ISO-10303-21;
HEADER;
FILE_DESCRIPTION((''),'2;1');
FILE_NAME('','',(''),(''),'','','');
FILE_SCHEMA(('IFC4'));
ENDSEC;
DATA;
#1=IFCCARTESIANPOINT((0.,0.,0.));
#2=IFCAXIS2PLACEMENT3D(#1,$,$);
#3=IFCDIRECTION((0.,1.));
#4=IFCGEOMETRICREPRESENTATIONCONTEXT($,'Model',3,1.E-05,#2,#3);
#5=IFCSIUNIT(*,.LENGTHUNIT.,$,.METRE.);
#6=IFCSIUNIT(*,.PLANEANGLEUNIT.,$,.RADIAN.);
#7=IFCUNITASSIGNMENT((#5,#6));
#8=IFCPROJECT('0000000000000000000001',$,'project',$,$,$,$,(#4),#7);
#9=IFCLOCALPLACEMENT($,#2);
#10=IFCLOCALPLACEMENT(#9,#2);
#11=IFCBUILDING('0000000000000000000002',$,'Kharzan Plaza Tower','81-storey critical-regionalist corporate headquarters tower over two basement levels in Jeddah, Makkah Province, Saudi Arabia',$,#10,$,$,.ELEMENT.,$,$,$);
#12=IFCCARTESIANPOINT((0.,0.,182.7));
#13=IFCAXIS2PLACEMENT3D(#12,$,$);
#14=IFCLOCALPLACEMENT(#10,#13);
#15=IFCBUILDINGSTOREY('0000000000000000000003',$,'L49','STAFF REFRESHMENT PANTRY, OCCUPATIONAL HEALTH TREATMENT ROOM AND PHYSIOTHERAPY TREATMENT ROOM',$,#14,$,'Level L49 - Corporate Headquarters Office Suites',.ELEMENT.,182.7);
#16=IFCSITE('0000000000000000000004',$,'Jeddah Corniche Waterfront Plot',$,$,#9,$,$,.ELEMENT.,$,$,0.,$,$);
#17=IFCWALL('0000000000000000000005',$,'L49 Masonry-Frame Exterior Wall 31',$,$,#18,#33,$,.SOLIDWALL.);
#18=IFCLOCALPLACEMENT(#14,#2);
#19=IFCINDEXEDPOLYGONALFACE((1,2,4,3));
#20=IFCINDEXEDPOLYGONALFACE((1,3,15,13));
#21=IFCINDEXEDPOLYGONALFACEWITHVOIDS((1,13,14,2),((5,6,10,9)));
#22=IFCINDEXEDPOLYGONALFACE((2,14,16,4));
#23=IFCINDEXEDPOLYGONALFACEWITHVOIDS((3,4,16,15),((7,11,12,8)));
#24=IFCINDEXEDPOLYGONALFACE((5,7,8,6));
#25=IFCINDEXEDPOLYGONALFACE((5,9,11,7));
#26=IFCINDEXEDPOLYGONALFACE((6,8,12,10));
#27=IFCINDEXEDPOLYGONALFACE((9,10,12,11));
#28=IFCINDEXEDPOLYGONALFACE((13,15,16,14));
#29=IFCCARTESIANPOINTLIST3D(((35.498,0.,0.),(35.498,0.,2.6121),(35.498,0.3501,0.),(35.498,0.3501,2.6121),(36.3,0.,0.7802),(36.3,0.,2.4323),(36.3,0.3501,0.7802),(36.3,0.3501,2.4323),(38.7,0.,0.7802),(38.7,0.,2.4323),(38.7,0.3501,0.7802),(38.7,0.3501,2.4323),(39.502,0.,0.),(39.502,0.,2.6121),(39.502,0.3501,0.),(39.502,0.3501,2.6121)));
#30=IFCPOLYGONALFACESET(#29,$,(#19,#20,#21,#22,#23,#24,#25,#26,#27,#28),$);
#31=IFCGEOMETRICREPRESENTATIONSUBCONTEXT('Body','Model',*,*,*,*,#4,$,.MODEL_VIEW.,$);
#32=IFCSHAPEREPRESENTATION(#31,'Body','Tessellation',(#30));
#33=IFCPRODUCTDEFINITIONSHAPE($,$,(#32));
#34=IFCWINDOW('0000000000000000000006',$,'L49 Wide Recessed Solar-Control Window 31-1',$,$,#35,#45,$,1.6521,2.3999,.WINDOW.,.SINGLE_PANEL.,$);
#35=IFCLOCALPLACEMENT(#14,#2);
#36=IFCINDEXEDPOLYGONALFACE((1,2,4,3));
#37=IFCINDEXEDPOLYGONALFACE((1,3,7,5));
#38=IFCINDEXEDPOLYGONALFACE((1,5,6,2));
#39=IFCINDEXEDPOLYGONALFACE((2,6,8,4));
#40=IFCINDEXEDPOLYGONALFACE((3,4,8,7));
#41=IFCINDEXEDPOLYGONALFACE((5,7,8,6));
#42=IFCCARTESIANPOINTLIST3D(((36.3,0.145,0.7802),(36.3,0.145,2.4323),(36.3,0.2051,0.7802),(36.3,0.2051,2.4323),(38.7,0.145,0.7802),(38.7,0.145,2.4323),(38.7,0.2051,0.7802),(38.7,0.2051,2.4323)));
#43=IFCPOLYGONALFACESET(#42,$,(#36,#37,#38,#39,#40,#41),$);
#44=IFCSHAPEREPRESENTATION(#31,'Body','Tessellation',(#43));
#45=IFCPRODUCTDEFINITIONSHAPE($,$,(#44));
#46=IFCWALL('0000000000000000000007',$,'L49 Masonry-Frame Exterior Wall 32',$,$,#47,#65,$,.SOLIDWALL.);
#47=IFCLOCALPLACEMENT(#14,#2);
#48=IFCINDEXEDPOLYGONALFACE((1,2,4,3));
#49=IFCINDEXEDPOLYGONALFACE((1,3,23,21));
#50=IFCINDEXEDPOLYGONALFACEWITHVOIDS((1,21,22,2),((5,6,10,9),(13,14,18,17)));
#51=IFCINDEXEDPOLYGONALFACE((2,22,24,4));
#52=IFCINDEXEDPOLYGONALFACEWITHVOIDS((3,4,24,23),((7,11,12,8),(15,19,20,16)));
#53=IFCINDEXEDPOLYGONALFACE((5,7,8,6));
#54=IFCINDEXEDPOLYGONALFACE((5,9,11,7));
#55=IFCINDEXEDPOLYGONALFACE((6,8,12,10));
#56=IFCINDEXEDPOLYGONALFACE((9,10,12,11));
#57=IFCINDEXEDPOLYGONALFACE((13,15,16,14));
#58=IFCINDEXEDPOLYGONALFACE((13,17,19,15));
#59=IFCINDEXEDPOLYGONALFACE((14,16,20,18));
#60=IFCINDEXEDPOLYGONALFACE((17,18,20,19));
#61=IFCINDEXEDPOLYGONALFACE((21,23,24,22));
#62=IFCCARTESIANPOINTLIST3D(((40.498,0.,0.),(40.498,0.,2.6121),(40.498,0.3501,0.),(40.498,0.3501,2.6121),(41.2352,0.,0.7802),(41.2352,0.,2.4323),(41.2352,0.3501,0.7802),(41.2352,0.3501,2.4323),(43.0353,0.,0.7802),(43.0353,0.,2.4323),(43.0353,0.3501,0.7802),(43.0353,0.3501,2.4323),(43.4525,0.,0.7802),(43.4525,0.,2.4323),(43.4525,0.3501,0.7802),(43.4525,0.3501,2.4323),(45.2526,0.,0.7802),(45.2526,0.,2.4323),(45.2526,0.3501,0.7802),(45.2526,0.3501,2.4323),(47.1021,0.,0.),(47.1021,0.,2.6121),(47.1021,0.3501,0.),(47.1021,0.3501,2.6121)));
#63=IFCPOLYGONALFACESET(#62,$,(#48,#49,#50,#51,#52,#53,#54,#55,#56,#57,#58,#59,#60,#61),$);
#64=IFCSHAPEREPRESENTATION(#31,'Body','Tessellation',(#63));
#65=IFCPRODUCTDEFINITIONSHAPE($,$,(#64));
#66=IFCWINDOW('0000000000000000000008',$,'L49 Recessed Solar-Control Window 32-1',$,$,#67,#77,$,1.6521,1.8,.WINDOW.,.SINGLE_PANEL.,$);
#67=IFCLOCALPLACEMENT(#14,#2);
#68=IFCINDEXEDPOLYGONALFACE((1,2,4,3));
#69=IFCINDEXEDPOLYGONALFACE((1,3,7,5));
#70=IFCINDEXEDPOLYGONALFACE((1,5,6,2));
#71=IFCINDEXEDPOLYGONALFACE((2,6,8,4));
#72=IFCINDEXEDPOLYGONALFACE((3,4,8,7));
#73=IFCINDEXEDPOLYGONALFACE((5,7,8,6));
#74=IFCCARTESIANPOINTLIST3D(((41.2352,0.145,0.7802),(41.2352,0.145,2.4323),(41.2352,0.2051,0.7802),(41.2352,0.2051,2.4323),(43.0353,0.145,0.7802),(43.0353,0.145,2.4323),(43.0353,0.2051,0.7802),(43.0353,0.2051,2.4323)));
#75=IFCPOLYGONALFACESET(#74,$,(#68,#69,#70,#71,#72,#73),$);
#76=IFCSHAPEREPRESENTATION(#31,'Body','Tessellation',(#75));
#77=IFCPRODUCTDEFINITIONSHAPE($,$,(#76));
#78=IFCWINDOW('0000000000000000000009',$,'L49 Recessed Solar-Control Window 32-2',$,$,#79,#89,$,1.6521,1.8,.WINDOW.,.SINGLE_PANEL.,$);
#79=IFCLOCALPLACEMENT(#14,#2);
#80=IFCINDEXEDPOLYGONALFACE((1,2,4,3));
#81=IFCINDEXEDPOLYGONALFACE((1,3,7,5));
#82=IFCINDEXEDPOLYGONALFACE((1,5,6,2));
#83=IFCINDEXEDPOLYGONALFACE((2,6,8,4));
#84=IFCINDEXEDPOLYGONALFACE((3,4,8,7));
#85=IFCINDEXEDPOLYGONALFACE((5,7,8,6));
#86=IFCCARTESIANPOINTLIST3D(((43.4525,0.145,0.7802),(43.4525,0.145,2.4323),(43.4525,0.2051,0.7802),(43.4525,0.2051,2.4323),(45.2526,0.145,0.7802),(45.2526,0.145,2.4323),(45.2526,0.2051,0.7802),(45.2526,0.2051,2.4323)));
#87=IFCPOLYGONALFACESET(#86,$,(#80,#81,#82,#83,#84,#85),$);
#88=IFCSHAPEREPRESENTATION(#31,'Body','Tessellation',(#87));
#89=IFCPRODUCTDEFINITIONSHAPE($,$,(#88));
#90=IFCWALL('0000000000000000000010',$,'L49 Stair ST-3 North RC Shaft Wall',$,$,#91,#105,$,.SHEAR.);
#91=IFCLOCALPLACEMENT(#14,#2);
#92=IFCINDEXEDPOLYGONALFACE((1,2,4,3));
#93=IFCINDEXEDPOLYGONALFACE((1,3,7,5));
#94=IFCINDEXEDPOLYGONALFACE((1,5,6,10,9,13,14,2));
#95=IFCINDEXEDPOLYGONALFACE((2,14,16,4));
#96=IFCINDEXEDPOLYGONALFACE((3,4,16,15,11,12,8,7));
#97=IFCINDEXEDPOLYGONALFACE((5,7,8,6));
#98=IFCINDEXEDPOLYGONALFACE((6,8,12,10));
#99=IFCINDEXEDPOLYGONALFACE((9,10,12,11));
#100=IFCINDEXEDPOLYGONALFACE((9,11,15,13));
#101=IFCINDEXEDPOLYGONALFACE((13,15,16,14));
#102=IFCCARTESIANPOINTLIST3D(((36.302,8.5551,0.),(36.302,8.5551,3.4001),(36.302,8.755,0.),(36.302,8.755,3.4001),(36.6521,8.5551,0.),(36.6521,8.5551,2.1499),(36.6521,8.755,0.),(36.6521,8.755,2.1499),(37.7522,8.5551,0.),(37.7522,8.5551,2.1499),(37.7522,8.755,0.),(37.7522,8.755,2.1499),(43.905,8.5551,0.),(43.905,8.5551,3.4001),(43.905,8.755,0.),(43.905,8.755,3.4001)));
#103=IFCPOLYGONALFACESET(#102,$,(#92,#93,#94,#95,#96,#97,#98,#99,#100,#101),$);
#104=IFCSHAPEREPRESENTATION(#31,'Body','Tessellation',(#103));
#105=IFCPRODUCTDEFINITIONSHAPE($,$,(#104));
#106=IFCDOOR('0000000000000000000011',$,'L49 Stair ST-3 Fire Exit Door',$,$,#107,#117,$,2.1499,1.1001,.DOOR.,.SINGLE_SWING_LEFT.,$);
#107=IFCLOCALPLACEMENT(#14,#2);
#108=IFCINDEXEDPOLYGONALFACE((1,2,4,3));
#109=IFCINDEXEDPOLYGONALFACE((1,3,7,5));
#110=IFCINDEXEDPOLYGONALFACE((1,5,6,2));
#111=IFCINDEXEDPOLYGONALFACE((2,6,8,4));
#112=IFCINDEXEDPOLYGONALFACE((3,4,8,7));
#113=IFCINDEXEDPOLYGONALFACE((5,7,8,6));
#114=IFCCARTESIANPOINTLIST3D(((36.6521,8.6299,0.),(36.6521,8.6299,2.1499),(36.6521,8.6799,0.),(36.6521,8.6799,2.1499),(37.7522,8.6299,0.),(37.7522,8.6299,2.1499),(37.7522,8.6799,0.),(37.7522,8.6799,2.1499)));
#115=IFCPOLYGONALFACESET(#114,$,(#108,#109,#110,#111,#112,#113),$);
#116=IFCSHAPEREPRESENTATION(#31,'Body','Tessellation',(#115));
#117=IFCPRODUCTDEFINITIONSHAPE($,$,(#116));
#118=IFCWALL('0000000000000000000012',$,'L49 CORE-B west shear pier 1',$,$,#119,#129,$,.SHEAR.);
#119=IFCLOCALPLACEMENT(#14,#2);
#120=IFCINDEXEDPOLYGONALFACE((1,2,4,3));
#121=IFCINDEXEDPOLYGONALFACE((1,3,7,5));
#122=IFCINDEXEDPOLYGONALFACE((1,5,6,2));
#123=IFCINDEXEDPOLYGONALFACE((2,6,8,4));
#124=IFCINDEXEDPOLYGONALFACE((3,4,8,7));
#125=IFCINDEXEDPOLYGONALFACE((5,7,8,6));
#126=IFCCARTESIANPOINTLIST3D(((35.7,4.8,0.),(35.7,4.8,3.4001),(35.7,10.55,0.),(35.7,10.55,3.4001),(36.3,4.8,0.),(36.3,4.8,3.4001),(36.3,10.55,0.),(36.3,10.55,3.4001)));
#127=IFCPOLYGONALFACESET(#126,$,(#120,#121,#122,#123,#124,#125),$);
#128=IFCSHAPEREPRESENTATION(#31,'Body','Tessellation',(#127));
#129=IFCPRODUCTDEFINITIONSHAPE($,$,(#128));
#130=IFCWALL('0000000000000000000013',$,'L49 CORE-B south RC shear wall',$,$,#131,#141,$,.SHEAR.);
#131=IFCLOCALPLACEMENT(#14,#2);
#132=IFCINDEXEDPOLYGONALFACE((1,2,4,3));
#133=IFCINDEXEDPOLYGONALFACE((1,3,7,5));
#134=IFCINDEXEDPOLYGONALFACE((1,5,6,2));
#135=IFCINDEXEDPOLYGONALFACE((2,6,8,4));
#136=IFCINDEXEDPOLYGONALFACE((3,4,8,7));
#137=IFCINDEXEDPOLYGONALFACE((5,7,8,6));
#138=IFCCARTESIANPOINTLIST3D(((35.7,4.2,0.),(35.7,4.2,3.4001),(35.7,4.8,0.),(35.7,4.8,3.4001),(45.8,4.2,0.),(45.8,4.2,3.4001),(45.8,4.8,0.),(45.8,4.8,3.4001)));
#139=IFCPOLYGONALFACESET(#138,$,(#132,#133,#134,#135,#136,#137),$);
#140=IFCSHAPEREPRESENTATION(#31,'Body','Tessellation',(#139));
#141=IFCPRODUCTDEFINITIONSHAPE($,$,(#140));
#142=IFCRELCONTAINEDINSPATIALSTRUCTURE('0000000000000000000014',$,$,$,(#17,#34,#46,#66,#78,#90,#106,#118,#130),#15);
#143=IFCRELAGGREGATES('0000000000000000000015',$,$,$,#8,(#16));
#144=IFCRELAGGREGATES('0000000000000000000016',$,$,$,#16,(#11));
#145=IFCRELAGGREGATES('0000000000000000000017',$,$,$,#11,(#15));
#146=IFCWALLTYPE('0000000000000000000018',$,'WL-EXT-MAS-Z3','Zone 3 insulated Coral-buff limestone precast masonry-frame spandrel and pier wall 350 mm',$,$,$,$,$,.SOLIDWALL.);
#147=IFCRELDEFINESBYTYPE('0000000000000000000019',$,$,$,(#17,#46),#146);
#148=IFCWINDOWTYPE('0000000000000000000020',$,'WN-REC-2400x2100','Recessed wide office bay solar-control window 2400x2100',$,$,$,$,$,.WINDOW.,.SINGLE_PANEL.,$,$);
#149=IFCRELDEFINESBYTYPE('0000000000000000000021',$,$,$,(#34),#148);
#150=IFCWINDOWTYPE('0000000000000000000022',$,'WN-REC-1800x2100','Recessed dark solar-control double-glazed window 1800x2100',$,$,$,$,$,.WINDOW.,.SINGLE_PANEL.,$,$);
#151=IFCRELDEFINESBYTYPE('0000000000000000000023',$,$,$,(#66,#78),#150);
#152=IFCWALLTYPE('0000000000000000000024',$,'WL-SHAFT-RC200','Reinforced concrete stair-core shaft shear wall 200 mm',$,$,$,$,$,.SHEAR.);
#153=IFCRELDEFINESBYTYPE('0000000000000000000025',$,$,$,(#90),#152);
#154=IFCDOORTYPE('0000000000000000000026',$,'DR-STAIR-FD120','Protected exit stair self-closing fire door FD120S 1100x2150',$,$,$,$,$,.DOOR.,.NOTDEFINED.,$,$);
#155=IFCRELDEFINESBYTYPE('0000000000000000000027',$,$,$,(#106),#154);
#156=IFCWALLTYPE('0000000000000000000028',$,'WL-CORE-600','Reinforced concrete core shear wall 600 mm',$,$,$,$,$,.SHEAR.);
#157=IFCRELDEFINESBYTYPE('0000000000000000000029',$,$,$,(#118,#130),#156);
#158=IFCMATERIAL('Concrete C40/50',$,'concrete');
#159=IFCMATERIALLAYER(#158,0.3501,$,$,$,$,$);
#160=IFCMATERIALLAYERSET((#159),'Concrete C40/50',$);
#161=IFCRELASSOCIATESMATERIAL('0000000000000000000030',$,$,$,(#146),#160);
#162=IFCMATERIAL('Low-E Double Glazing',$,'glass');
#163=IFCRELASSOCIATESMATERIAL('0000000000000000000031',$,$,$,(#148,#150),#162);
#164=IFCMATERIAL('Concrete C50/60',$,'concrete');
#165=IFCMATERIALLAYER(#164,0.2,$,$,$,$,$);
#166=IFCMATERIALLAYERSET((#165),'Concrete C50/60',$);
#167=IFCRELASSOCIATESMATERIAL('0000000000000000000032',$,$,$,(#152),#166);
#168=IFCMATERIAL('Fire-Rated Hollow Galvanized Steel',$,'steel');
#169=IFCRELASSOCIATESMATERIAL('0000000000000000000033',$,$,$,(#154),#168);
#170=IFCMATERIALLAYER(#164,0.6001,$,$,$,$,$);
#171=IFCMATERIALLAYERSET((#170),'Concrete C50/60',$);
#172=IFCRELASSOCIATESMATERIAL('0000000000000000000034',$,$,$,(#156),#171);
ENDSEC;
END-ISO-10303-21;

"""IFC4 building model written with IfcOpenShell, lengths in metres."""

from ifc_helpers import new_model, si_unit, direction, frame, frame_2d, origin, place, context, subcontext, project, spatial, rectangle, extrude, source, transform, mapped, material, layer, layer_set, type_object, element, fill, save


model = new_model("IFC4")

# Units and contexts
model_context = context("Model", 3, precision=1e-05, world=origin(), true_north=direction((0.0, 1.0)))
body_context = subcontext(model_context, "Body", "Model", "MODEL_VIEW")
ifc_project = project(units=[si_unit("LENGTHUNIT", "METRE"), si_unit("PLANEANGLEUNIT", "RADIAN")], contexts=[model_context])

# Site, building, storey
site_placement = place(None, origin())
site = spatial("IfcSite", under=ifc_project, at=site_placement, Name="Jeddah Corniche Waterfront Plot", CompositionType="ELEMENT", RefElevation=0.0)
building_placement = place(site_placement, origin())
building = spatial("IfcBuilding", under=site, at=building_placement, Name="Kharzan Plaza Tower", Description="81-storey critical-regionalist corporate headquarters tower over two basement levels in Jeddah, Makkah Province, Saudi Arabia", CompositionType="ELEMENT")
storey_placement = place(building_placement, frame((0.0, 0.0, 182.7)))
storey = spatial("IfcBuildingStorey", under=building, at=storey_placement, Name="L49", Description="STAFF REFRESHMENT PANTRY, OCCUPATIONAL HEALTH TREATMENT ROOM AND PHYSIOTHERAPY TREATMENT ROOM", LongName="Level L49 - Corporate Headquarters Office Suites", CompositionType="ELEMENT", Elevation=182.7)

# Shared definitions
ifc_material_1 = material(Name="Concrete C50/60", Category="concrete")

# Wall, opening, window
ifc_material_2 = material(Name="Concrete C40/50", Category="concrete")
ifc_layer_1 = layer(ifc_material_2, 0.3501)
ifc_layer_set_1 = layer_set([ifc_layer_1], Name="Concrete C40/50")
wall_type_1 = type_object("IfcWallType", Name="WL-EXT-MAS-Z3", Description="Zone 3 insulated Coral-buff limestone precast masonry-frame spandrel and pier wall 350 mm", PredefinedType="SOLIDWALL", material=ifc_layer_set_1)
wall_1_placement = place(storey_placement, frame((35.498, 0.175, 0.0), z_axis=(0.0, 0.0, 1.0), x_axis=(1.0, 0.0, 0.0)))
wall_1 = element("IfcWall", 1, at=wall_1_placement, inside=storey, type_object=wall_type_1, Name="L49 Masonry-Frame Exterior Wall 31", PredefinedType="SOLIDWALL", context=body_context, shape_type="SweptSolid", body=[
    extrude(rectangle(XDim=4.0039, YDim=0.3501, at=frame_2d((2.002, 0.0))), origin(), (0.0, 0.0, 1.0), 2.6121),
])
opening_1_placement = place(wall_1_placement, frame((0.802, 0.0, 0.78)))
opening_1 = element("IfcOpeningElement", 2, at=opening_1_placement, cuts=wall_1, PredefinedType="OPENING", context=body_context, shape_type="SweptSolid", body=[
    extrude(rectangle(XDim=2.3999, YDim=1.6521, at=frame_2d((1.2, 0.8262))), frame((0.0, 0.1851, 0.0), z_axis=(0.0, -1.0, 0.0), x_axis=(1.0, 0.0, 0.0)), (0.0, 0.0, 1.0), 0.3701),
])
ifc_material_3 = material(Name="Low-E Double Glazing", Category="glass")
window_type_1 = type_object("IfcWindowType", Name="WN-REC-2400x2100", Description="Recessed wide office bay solar-control window 2400x2100", PartitioningType="SINGLE_PANEL", PredefinedType="WINDOW", material=ifc_material_3)
shared_shape_1 = source(origin(), body_context, "Body", "SweptSolid", [
    extrude(rectangle(XDim=2.3999, YDim=1.6521, at=frame_2d((1.2, 0.8262))), frame((0.0, 0.03, 0.0), z_axis=(0.0, -1.0, 0.0), x_axis=(1.0, 0.0, 0.0)), (0.0, 0.0, 1.0), 0.0601),
])
window_1_placement = place(opening_1_placement, origin())
window_1 = element("IfcWindow", 3, at=window_1_placement, inside=storey, type_object=window_type_1, Name="L49 Wide Recessed Solar-Control Window 31-1", OverallHeight=1.6521, OverallWidth=2.3999, PartitioningType="SINGLE_PANEL", PredefinedType="WINDOW", context=body_context, shape_type="MappedRepresentation", body=[
    mapped(shared_shape_1, transform((0.0, 0.0, 0.0), x_axis=(1.0, 0.0, 0.0), y_axis=(0.0, 1.0, 0.0), z_axis=(0.0, 0.0, 1.0))),
])
fill(opening_1, window_1)

# Wall, openings, windows
wall_2_placement = place(storey_placement, frame((40.498, 0.175, 0.0), z_axis=(0.0, 0.0, 1.0), x_axis=(1.0, 0.0, 0.0)))
wall_2 = element("IfcWall", 4, at=wall_2_placement, inside=storey, type_object=wall_type_1, Name="L49 Masonry-Frame Exterior Wall 32", PredefinedType="SOLIDWALL", context=body_context, shape_type="SweptSolid", body=[
    extrude(rectangle(XDim=6.604, YDim=0.3501, at=frame_2d((3.302, 0.0))), origin(), (0.0, 0.0, 1.0), 2.6121),
])
opening_2_placement = place(wall_2_placement, frame((0.7373, 0.0, 0.78)))
opening_2 = element("IfcOpeningElement", 5, at=opening_2_placement, cuts=wall_2, PredefinedType="OPENING", context=body_context, shape_type="SweptSolid", body=[
    extrude(rectangle(XDim=1.8, YDim=1.6521, at=frame_2d((0.8999, 0.8262))), frame((0.0, 0.1851, 0.0), z_axis=(0.0, -1.0, 0.0), x_axis=(1.0, 0.0, 0.0)), (0.0, 0.0, 1.0), 0.3701),
])
opening_3_placement = place(wall_2_placement, frame((2.9546, 0.0, 0.78)))
opening_3 = element("IfcOpeningElement", 6, at=opening_3_placement, cuts=wall_2, PredefinedType="OPENING", context=body_context, shape_type="SweptSolid", body=[
    extrude(rectangle(XDim=1.8, YDim=1.6521, at=frame_2d((0.8999, 0.8262))), frame((0.0, 0.1851, 0.0), z_axis=(0.0, -1.0, 0.0), x_axis=(1.0, 0.0, 0.0)), (0.0, 0.0, 1.0), 0.3701),
])
window_type_2 = type_object("IfcWindowType", Name="WN-REC-1800x2100", Description="Recessed dark solar-control double-glazed window 1800x2100", PartitioningType="SINGLE_PANEL", PredefinedType="WINDOW", material=ifc_material_3)
shared_shape_2 = source(origin(), body_context, "Body", "SweptSolid", [
    extrude(rectangle(XDim=1.8, YDim=1.6521, at=frame_2d((0.8999, 0.8262))), frame((0.0, 0.03, 0.0), z_axis=(0.0, -1.0, 0.0), x_axis=(1.0, 0.0, 0.0)), (0.0, 0.0, 1.0), 0.0601),
])
window_2_placement = place(opening_2_placement, origin())
window_2 = element("IfcWindow", 7, at=window_2_placement, inside=storey, type_object=window_type_2, Name="L49 Recessed Solar-Control Window 32-1", OverallHeight=1.6521, OverallWidth=1.8, PartitioningType="SINGLE_PANEL", PredefinedType="WINDOW", context=body_context, shape_type="MappedRepresentation", body=[
    mapped(shared_shape_2, transform((0.0, 0.0, 0.0), x_axis=(1.0, 0.0, 0.0), y_axis=(0.0, 1.0, 0.0), z_axis=(0.0, 0.0, 1.0))),
])
fill(opening_2, window_2)
window_3_placement = place(opening_3_placement, origin())
window_3 = element("IfcWindow", 8, at=window_3_placement, inside=storey, type_object=window_type_2, Name="L49 Recessed Solar-Control Window 32-2", OverallHeight=1.6521, OverallWidth=1.8, PartitioningType="SINGLE_PANEL", PredefinedType="WINDOW", context=body_context, shape_type="MappedRepresentation", body=[
    mapped(shared_shape_2, transform((0.0, 0.0, 0.0), x_axis=(1.0, 0.0, 0.0), y_axis=(0.0, 1.0, 0.0), z_axis=(0.0, 0.0, 1.0))),
])
fill(opening_3, window_3)

# Wall, opening, door
ifc_layer_2 = layer(ifc_material_1, 0.2)
ifc_layer_set_2 = layer_set([ifc_layer_2], Name="Concrete C50/60")
wall_type_2 = type_object("IfcWallType", Name="WL-SHAFT-RC200", Description="Reinforced concrete stair-core shaft shear wall 200 mm", PredefinedType="SHEAR", material=ifc_layer_set_2)
wall_3_placement = place(storey_placement, frame((36.302, 8.655, 0.0), z_axis=(0.0, 0.0, 1.0), x_axis=(1.0, 0.0, 0.0)))
wall_3 = element("IfcWall", 9, at=wall_3_placement, inside=storey, type_object=wall_type_2, Name="L49 Stair ST-3 North RC Shaft Wall", PredefinedType="SHEAR", context=body_context, shape_type="SweptSolid", body=[
    extrude(rectangle(XDim=7.603, YDim=0.2, at=frame_2d((3.8015, 0.0))), origin(), (0.0, 0.0, 1.0), 3.4001),
])
opening_4_placement = place(wall_3_placement, frame((0.3501, 0.0, 0.0)))
opening_4 = element("IfcOpeningElement", 10, at=opening_4_placement, cuts=wall_3, PredefinedType="OPENING", context=body_context, shape_type="SweptSolid", body=[
    extrude(rectangle(XDim=1.1001, YDim=2.1499, at=frame_2d((0.55, 1.075))), frame((0.0, 0.1099, 0.0), z_axis=(0.0, -1.0, 0.0), x_axis=(1.0, 0.0, 0.0)), (0.0, 0.0, 1.0), 0.22),
])
ifc_material_4 = material(Name="Fire-Rated Hollow Galvanized Steel", Category="steel")
door_type = type_object("IfcDoorType", Name="DR-STAIR-FD120", Description="Protected exit stair self-closing fire door FD120S 1100x2150", OperationType="NOTDEFINED", PredefinedType="DOOR", material=ifc_material_4)
shared_shape_3 = source(origin(), body_context, "Body", "SweptSolid", [
    extrude(rectangle(XDim=1.1001, YDim=2.1499, at=frame_2d((0.55, 1.075))), frame((0.0, 0.0249, 0.0), z_axis=(0.0, -1.0, 0.0), x_axis=(1.0, 0.0, 0.0)), (0.0, 0.0, 1.0), 0.05),
])
door_placement = place(opening_4_placement, origin())
door = element("IfcDoor", 11, at=door_placement, inside=storey, type_object=door_type, Name="L49 Stair ST-3 Fire Exit Door", OperationType="SINGLE_SWING_LEFT", OverallHeight=2.1499, OverallWidth=1.1001, PredefinedType="DOOR", context=body_context, shape_type="MappedRepresentation", body=[
    mapped(shared_shape_3, transform((0.0, 0.0, 0.0), x_axis=(1.0, 0.0, 0.0), y_axis=(0.0, 1.0, 0.0), z_axis=(0.0, 0.0, 1.0))),
])
fill(opening_4, door)

# Walls
ifc_layer_3 = layer(ifc_material_1, 0.6001)
ifc_layer_set_3 = layer_set([ifc_layer_3], Name="Concrete C50/60")
wall_type_3 = type_object("IfcWallType", Name="WL-CORE-600", Description="Reinforced concrete core shear wall 600 mm", PredefinedType="SHEAR", material=ifc_layer_set_3)
shared_shape_4 = source(origin(), body_context, "Body", "SweptSolid", [
    extrude(rectangle(XDim=5.75, YDim=0.6001, at=frame_2d((2.875, 0.0))), origin(), (0.0, 0.0, 1.0), 3.4001),
])
wall_4_placement = place(storey_placement, frame((36.0, 4.8, 0.0), z_axis=(0.0, 0.0, 1.0), x_axis=(0.0, 1.0, 0.0)))
element("IfcWall", 12, at=wall_4_placement, inside=storey, type_object=wall_type_3, Name="L49 CORE-B west shear pier 1", PredefinedType="SHEAR", context=body_context, shape_type="MappedRepresentation", body=[
    mapped(shared_shape_4, transform((0.0, 0.0, 0.0), x_axis=(1.0, 0.0, 0.0), y_axis=(0.0, 1.0, 0.0), z_axis=(0.0, 0.0, 1.0))),
])
shared_shape_5 = source(origin(), body_context, "Body", "SweptSolid", [
    extrude(rectangle(XDim=10.1001, YDim=0.6001, at=frame_2d((5.05, 0.0))), origin(), (0.0, 0.0, 1.0), 3.4001),
])
wall_5_placement = place(storey_placement, frame((35.7, 4.5, 0.0), z_axis=(0.0, 0.0, 1.0), x_axis=(1.0, 0.0, 0.0)))
element("IfcWall", 13, at=wall_5_placement, inside=storey, type_object=wall_type_3, Name="L49 CORE-B south RC shear wall", PredefinedType="SHEAR", context=body_context, shape_type="MappedRepresentation", body=[
    mapped(shared_shape_5, transform((0.0, 0.0, 0.0), x_axis=(1.0, 0.0, 0.0), y_axis=(0.0, 1.0, 0.0), z_axis=(0.0, 0.0, 1.0))),
])

save(model, "model.ifc")
